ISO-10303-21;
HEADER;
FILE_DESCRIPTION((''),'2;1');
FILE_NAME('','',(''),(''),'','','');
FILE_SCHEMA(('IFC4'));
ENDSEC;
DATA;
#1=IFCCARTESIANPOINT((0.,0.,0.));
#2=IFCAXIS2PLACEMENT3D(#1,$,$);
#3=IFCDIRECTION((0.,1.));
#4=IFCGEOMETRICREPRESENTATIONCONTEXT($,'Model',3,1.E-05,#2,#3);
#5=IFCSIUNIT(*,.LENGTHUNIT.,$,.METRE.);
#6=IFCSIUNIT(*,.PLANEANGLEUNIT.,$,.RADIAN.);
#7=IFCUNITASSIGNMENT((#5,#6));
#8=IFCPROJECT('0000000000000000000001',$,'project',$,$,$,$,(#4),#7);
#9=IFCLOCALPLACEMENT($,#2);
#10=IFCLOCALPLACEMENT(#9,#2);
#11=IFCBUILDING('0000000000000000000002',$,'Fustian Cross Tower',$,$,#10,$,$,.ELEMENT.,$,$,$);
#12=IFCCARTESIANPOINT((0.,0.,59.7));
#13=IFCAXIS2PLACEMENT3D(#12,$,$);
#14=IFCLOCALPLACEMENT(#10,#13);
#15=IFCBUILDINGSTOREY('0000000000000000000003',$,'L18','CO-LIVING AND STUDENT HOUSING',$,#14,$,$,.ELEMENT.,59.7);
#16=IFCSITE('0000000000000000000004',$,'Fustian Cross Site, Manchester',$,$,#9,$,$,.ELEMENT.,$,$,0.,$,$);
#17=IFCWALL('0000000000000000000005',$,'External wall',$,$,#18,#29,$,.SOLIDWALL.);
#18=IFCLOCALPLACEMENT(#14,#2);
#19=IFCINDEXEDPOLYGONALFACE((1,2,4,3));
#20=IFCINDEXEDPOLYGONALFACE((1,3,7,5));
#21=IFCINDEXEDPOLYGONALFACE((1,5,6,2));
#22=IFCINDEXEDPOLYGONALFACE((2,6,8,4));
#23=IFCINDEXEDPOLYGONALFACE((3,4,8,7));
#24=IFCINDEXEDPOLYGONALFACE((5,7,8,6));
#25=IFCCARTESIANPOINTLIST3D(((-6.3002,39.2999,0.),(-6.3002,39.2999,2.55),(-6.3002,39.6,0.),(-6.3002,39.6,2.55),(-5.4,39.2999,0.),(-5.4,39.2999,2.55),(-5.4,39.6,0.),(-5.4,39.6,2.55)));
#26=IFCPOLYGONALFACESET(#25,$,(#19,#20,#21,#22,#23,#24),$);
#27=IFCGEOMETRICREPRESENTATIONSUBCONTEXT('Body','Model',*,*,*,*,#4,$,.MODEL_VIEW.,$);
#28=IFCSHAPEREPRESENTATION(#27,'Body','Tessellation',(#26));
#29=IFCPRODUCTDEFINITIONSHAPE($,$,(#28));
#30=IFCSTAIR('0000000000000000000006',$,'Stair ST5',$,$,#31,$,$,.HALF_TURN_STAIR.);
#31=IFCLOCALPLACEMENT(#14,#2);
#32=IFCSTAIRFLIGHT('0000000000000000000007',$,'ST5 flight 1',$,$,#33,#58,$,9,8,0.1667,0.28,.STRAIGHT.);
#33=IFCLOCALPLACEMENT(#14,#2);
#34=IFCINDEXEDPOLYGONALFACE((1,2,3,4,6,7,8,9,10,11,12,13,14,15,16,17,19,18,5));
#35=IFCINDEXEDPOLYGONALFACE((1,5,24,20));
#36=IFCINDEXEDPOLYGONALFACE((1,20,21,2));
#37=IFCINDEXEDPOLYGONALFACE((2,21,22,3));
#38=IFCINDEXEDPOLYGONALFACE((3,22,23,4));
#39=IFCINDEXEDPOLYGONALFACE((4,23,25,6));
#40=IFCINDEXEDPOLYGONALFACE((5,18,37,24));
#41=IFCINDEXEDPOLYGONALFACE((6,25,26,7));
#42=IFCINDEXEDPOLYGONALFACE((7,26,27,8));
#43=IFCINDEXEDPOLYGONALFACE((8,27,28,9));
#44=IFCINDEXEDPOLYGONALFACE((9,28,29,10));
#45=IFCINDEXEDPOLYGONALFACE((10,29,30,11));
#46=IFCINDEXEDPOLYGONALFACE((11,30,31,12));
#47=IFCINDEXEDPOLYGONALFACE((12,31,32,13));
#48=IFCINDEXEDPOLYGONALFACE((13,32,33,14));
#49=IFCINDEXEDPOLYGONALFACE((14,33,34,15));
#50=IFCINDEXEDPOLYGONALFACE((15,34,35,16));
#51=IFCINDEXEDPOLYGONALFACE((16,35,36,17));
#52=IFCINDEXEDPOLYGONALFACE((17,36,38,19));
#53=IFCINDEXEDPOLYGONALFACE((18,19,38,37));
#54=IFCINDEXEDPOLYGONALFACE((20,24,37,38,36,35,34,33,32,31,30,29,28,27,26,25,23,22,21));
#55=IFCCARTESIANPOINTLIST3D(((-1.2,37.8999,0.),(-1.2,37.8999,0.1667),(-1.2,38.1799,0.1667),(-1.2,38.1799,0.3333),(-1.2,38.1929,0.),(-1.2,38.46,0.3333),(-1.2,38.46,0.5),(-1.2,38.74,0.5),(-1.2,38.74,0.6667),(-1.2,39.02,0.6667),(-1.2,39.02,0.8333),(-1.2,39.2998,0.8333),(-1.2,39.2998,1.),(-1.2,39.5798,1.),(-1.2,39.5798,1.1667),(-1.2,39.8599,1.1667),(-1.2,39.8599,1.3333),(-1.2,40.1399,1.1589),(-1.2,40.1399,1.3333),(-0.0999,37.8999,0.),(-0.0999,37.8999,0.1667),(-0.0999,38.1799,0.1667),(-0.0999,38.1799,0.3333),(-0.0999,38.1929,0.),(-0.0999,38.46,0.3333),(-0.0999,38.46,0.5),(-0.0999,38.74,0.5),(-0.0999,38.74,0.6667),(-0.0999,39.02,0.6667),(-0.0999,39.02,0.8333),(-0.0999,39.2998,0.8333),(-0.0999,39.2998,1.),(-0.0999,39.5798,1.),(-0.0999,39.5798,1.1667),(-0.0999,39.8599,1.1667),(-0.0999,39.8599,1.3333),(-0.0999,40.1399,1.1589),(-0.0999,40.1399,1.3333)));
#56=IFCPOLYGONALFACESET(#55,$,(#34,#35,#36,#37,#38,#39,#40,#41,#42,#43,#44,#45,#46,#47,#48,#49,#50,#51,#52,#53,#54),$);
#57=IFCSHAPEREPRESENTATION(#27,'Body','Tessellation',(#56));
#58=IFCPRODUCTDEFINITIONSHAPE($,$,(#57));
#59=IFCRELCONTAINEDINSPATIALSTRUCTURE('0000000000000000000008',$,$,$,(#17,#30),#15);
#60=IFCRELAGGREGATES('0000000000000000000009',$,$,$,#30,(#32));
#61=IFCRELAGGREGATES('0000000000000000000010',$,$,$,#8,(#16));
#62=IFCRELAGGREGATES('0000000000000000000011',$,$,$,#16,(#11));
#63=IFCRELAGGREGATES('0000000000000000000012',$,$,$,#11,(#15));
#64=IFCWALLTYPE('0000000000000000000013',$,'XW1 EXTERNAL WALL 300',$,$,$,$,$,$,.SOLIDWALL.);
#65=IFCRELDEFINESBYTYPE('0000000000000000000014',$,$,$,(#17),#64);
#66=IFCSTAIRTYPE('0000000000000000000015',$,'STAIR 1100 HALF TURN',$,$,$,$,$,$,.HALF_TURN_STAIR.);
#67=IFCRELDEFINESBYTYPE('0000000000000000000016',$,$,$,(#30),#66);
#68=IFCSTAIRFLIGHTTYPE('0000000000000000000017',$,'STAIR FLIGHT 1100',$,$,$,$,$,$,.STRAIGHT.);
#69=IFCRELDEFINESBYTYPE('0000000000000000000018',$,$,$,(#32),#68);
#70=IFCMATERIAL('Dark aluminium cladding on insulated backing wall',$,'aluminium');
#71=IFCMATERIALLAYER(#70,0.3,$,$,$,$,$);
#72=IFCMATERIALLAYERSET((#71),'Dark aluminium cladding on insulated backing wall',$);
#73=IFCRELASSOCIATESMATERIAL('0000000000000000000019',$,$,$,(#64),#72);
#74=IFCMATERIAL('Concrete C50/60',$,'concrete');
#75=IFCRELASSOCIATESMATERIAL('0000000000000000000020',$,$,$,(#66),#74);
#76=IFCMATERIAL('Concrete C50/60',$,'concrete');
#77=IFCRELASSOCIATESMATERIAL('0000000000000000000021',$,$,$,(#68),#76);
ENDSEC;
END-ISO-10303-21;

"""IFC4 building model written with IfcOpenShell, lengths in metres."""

from ifc_helpers import new_model, si_unit, direction, frame, frame_2d, origin, place, context, subcontext, project, spatial, polyline, rectangle, outline, extrude, material, layer, layer_set, type_object, element, aggregate, save


model = new_model("IFC4")

# Units and contexts
model_context = context("Model", 3, precision=1e-05, world=origin(), true_north=direction((0.0, 1.0)))
body_context = subcontext(model_context, "Body", "Model", "MODEL_VIEW")
ifc_project = project(units=[si_unit("LENGTHUNIT", "METRE"), si_unit("PLANEANGLEUNIT", "RADIAN")], contexts=[model_context])

# Site, building, storey
site_placement = place(None, origin())
site = spatial("IfcSite", under=ifc_project, at=site_placement, Name="Fustian Cross Site, Manchester", CompositionType="ELEMENT", RefElevation=0.0)
building_placement = place(site_placement, origin())
building = spatial("IfcBuilding", under=site, at=building_placement, Name="Fustian Cross Tower", CompositionType="ELEMENT")
storey_placement = place(building_placement, frame((0.0, 0.0, 59.7)))
storey = spatial("IfcBuildingStorey", under=building, at=storey_placement, Name="L18", Description="CO-LIVING AND STUDENT HOUSING", CompositionType="ELEMENT", Elevation=59.7)

# Shared definitions
ifc_material_1 = material(Name="Dark aluminium cladding on insulated backing wall", Category="aluminium")
ifc_layer_1 = layer(ifc_material_1, 0.3)
ifc_layer_set_1 = layer_set([ifc_layer_1], Name="Dark aluminium cladding on insulated backing wall")
wall_type_1 = type_object("IfcWallType", Name="XW1 EXTERNAL WALL 300", PredefinedType="SOLIDWALL", material=ifc_layer_set_1)

# Wall
wall_1_placement = place(storey_placement, frame((-5.3999, 39.45, 0.0), z_axis=(0.0, 0.0, 1.0), x_axis=(-1.0, 0.0, 0.0)))
element("IfcWall", 1, at=wall_1_placement, inside=storey, type_object=wall_type_1, Name="External wall", PredefinedType="SOLIDWALL", context=body_context, shape_type="SweptSolid", body=[
    extrude(rectangle(XDim=0.9001, YDim=0.3, at=frame_2d((0.4502, 0.0))), origin(), (0.0, 0.0, 1.0), 2.55),
])

# Stair, stair flight
ifc_material_2 = material(Name="Concrete C50/60", Category="concrete")
stair_type = type_object("IfcStairType", Name="STAIR 1100 HALF TURN", PredefinedType="HALF_TURN_STAIR", material=ifc_material_2)
stair_placement = place(storey_placement, origin())
stair = element("IfcStair", 2, at=stair_placement, inside=storey, type_object=stair_type, Name="Stair ST5", PredefinedType="HALF_TURN_STAIR")
ifc_material_3 = material(Name="Concrete C50/60", Category="concrete")
stair_flight_type = type_object("IfcStairFlightType", Name="STAIR FLIGHT 1100", PredefinedType="STRAIGHT", material=ifc_material_3)
stair_flight_placement = place(storey_placement, frame((-0.6499, 37.8999, 0.0), z_axis=(0.0, 0.0, 1.0), x_axis=(0.0, 1.0, 0.0)))
stair_flight = element("IfcStairFlight", 3, at=stair_flight_placement, type_object=stair_flight_type, Name="ST5 flight 1", NumberOfRisers=9, NumberOfTreads=8, PredefinedType="STRAIGHT", RiserHeight=0.1667, TreadLength=0.28, context=body_context, shape_type="SweptSolid", body=[
    extrude(outline(polyline([(0.0, 0.0), (0.0, 0.1667), (0.28, 0.1667), (0.28, 0.3333), (0.5601, 0.3333), (0.5601, 0.5), (0.8401, 0.5), (0.8401, 0.6667), (1.1201, 0.6667), (1.1201, 0.8333), (1.3999, 0.8333), (1.3999, 1.0), (1.6799, 1.0), (1.6799, 1.1667), (1.96, 1.1667), (1.96, 1.3333), (2.24, 1.3333), (2.24, 1.5), (2.24, 1.1589), (0.293, 0.0), (0.0, 0.0)])), frame((0.0, 0.55, 0.0), z_axis=(0.0, -1.0, 0.0), x_axis=(1.0, 0.0, 0.0)), (0.0, 0.0, 1.0), 1.1001),
])
aggregate(stair, [stair_flight])

save(model, "model.ifc")
